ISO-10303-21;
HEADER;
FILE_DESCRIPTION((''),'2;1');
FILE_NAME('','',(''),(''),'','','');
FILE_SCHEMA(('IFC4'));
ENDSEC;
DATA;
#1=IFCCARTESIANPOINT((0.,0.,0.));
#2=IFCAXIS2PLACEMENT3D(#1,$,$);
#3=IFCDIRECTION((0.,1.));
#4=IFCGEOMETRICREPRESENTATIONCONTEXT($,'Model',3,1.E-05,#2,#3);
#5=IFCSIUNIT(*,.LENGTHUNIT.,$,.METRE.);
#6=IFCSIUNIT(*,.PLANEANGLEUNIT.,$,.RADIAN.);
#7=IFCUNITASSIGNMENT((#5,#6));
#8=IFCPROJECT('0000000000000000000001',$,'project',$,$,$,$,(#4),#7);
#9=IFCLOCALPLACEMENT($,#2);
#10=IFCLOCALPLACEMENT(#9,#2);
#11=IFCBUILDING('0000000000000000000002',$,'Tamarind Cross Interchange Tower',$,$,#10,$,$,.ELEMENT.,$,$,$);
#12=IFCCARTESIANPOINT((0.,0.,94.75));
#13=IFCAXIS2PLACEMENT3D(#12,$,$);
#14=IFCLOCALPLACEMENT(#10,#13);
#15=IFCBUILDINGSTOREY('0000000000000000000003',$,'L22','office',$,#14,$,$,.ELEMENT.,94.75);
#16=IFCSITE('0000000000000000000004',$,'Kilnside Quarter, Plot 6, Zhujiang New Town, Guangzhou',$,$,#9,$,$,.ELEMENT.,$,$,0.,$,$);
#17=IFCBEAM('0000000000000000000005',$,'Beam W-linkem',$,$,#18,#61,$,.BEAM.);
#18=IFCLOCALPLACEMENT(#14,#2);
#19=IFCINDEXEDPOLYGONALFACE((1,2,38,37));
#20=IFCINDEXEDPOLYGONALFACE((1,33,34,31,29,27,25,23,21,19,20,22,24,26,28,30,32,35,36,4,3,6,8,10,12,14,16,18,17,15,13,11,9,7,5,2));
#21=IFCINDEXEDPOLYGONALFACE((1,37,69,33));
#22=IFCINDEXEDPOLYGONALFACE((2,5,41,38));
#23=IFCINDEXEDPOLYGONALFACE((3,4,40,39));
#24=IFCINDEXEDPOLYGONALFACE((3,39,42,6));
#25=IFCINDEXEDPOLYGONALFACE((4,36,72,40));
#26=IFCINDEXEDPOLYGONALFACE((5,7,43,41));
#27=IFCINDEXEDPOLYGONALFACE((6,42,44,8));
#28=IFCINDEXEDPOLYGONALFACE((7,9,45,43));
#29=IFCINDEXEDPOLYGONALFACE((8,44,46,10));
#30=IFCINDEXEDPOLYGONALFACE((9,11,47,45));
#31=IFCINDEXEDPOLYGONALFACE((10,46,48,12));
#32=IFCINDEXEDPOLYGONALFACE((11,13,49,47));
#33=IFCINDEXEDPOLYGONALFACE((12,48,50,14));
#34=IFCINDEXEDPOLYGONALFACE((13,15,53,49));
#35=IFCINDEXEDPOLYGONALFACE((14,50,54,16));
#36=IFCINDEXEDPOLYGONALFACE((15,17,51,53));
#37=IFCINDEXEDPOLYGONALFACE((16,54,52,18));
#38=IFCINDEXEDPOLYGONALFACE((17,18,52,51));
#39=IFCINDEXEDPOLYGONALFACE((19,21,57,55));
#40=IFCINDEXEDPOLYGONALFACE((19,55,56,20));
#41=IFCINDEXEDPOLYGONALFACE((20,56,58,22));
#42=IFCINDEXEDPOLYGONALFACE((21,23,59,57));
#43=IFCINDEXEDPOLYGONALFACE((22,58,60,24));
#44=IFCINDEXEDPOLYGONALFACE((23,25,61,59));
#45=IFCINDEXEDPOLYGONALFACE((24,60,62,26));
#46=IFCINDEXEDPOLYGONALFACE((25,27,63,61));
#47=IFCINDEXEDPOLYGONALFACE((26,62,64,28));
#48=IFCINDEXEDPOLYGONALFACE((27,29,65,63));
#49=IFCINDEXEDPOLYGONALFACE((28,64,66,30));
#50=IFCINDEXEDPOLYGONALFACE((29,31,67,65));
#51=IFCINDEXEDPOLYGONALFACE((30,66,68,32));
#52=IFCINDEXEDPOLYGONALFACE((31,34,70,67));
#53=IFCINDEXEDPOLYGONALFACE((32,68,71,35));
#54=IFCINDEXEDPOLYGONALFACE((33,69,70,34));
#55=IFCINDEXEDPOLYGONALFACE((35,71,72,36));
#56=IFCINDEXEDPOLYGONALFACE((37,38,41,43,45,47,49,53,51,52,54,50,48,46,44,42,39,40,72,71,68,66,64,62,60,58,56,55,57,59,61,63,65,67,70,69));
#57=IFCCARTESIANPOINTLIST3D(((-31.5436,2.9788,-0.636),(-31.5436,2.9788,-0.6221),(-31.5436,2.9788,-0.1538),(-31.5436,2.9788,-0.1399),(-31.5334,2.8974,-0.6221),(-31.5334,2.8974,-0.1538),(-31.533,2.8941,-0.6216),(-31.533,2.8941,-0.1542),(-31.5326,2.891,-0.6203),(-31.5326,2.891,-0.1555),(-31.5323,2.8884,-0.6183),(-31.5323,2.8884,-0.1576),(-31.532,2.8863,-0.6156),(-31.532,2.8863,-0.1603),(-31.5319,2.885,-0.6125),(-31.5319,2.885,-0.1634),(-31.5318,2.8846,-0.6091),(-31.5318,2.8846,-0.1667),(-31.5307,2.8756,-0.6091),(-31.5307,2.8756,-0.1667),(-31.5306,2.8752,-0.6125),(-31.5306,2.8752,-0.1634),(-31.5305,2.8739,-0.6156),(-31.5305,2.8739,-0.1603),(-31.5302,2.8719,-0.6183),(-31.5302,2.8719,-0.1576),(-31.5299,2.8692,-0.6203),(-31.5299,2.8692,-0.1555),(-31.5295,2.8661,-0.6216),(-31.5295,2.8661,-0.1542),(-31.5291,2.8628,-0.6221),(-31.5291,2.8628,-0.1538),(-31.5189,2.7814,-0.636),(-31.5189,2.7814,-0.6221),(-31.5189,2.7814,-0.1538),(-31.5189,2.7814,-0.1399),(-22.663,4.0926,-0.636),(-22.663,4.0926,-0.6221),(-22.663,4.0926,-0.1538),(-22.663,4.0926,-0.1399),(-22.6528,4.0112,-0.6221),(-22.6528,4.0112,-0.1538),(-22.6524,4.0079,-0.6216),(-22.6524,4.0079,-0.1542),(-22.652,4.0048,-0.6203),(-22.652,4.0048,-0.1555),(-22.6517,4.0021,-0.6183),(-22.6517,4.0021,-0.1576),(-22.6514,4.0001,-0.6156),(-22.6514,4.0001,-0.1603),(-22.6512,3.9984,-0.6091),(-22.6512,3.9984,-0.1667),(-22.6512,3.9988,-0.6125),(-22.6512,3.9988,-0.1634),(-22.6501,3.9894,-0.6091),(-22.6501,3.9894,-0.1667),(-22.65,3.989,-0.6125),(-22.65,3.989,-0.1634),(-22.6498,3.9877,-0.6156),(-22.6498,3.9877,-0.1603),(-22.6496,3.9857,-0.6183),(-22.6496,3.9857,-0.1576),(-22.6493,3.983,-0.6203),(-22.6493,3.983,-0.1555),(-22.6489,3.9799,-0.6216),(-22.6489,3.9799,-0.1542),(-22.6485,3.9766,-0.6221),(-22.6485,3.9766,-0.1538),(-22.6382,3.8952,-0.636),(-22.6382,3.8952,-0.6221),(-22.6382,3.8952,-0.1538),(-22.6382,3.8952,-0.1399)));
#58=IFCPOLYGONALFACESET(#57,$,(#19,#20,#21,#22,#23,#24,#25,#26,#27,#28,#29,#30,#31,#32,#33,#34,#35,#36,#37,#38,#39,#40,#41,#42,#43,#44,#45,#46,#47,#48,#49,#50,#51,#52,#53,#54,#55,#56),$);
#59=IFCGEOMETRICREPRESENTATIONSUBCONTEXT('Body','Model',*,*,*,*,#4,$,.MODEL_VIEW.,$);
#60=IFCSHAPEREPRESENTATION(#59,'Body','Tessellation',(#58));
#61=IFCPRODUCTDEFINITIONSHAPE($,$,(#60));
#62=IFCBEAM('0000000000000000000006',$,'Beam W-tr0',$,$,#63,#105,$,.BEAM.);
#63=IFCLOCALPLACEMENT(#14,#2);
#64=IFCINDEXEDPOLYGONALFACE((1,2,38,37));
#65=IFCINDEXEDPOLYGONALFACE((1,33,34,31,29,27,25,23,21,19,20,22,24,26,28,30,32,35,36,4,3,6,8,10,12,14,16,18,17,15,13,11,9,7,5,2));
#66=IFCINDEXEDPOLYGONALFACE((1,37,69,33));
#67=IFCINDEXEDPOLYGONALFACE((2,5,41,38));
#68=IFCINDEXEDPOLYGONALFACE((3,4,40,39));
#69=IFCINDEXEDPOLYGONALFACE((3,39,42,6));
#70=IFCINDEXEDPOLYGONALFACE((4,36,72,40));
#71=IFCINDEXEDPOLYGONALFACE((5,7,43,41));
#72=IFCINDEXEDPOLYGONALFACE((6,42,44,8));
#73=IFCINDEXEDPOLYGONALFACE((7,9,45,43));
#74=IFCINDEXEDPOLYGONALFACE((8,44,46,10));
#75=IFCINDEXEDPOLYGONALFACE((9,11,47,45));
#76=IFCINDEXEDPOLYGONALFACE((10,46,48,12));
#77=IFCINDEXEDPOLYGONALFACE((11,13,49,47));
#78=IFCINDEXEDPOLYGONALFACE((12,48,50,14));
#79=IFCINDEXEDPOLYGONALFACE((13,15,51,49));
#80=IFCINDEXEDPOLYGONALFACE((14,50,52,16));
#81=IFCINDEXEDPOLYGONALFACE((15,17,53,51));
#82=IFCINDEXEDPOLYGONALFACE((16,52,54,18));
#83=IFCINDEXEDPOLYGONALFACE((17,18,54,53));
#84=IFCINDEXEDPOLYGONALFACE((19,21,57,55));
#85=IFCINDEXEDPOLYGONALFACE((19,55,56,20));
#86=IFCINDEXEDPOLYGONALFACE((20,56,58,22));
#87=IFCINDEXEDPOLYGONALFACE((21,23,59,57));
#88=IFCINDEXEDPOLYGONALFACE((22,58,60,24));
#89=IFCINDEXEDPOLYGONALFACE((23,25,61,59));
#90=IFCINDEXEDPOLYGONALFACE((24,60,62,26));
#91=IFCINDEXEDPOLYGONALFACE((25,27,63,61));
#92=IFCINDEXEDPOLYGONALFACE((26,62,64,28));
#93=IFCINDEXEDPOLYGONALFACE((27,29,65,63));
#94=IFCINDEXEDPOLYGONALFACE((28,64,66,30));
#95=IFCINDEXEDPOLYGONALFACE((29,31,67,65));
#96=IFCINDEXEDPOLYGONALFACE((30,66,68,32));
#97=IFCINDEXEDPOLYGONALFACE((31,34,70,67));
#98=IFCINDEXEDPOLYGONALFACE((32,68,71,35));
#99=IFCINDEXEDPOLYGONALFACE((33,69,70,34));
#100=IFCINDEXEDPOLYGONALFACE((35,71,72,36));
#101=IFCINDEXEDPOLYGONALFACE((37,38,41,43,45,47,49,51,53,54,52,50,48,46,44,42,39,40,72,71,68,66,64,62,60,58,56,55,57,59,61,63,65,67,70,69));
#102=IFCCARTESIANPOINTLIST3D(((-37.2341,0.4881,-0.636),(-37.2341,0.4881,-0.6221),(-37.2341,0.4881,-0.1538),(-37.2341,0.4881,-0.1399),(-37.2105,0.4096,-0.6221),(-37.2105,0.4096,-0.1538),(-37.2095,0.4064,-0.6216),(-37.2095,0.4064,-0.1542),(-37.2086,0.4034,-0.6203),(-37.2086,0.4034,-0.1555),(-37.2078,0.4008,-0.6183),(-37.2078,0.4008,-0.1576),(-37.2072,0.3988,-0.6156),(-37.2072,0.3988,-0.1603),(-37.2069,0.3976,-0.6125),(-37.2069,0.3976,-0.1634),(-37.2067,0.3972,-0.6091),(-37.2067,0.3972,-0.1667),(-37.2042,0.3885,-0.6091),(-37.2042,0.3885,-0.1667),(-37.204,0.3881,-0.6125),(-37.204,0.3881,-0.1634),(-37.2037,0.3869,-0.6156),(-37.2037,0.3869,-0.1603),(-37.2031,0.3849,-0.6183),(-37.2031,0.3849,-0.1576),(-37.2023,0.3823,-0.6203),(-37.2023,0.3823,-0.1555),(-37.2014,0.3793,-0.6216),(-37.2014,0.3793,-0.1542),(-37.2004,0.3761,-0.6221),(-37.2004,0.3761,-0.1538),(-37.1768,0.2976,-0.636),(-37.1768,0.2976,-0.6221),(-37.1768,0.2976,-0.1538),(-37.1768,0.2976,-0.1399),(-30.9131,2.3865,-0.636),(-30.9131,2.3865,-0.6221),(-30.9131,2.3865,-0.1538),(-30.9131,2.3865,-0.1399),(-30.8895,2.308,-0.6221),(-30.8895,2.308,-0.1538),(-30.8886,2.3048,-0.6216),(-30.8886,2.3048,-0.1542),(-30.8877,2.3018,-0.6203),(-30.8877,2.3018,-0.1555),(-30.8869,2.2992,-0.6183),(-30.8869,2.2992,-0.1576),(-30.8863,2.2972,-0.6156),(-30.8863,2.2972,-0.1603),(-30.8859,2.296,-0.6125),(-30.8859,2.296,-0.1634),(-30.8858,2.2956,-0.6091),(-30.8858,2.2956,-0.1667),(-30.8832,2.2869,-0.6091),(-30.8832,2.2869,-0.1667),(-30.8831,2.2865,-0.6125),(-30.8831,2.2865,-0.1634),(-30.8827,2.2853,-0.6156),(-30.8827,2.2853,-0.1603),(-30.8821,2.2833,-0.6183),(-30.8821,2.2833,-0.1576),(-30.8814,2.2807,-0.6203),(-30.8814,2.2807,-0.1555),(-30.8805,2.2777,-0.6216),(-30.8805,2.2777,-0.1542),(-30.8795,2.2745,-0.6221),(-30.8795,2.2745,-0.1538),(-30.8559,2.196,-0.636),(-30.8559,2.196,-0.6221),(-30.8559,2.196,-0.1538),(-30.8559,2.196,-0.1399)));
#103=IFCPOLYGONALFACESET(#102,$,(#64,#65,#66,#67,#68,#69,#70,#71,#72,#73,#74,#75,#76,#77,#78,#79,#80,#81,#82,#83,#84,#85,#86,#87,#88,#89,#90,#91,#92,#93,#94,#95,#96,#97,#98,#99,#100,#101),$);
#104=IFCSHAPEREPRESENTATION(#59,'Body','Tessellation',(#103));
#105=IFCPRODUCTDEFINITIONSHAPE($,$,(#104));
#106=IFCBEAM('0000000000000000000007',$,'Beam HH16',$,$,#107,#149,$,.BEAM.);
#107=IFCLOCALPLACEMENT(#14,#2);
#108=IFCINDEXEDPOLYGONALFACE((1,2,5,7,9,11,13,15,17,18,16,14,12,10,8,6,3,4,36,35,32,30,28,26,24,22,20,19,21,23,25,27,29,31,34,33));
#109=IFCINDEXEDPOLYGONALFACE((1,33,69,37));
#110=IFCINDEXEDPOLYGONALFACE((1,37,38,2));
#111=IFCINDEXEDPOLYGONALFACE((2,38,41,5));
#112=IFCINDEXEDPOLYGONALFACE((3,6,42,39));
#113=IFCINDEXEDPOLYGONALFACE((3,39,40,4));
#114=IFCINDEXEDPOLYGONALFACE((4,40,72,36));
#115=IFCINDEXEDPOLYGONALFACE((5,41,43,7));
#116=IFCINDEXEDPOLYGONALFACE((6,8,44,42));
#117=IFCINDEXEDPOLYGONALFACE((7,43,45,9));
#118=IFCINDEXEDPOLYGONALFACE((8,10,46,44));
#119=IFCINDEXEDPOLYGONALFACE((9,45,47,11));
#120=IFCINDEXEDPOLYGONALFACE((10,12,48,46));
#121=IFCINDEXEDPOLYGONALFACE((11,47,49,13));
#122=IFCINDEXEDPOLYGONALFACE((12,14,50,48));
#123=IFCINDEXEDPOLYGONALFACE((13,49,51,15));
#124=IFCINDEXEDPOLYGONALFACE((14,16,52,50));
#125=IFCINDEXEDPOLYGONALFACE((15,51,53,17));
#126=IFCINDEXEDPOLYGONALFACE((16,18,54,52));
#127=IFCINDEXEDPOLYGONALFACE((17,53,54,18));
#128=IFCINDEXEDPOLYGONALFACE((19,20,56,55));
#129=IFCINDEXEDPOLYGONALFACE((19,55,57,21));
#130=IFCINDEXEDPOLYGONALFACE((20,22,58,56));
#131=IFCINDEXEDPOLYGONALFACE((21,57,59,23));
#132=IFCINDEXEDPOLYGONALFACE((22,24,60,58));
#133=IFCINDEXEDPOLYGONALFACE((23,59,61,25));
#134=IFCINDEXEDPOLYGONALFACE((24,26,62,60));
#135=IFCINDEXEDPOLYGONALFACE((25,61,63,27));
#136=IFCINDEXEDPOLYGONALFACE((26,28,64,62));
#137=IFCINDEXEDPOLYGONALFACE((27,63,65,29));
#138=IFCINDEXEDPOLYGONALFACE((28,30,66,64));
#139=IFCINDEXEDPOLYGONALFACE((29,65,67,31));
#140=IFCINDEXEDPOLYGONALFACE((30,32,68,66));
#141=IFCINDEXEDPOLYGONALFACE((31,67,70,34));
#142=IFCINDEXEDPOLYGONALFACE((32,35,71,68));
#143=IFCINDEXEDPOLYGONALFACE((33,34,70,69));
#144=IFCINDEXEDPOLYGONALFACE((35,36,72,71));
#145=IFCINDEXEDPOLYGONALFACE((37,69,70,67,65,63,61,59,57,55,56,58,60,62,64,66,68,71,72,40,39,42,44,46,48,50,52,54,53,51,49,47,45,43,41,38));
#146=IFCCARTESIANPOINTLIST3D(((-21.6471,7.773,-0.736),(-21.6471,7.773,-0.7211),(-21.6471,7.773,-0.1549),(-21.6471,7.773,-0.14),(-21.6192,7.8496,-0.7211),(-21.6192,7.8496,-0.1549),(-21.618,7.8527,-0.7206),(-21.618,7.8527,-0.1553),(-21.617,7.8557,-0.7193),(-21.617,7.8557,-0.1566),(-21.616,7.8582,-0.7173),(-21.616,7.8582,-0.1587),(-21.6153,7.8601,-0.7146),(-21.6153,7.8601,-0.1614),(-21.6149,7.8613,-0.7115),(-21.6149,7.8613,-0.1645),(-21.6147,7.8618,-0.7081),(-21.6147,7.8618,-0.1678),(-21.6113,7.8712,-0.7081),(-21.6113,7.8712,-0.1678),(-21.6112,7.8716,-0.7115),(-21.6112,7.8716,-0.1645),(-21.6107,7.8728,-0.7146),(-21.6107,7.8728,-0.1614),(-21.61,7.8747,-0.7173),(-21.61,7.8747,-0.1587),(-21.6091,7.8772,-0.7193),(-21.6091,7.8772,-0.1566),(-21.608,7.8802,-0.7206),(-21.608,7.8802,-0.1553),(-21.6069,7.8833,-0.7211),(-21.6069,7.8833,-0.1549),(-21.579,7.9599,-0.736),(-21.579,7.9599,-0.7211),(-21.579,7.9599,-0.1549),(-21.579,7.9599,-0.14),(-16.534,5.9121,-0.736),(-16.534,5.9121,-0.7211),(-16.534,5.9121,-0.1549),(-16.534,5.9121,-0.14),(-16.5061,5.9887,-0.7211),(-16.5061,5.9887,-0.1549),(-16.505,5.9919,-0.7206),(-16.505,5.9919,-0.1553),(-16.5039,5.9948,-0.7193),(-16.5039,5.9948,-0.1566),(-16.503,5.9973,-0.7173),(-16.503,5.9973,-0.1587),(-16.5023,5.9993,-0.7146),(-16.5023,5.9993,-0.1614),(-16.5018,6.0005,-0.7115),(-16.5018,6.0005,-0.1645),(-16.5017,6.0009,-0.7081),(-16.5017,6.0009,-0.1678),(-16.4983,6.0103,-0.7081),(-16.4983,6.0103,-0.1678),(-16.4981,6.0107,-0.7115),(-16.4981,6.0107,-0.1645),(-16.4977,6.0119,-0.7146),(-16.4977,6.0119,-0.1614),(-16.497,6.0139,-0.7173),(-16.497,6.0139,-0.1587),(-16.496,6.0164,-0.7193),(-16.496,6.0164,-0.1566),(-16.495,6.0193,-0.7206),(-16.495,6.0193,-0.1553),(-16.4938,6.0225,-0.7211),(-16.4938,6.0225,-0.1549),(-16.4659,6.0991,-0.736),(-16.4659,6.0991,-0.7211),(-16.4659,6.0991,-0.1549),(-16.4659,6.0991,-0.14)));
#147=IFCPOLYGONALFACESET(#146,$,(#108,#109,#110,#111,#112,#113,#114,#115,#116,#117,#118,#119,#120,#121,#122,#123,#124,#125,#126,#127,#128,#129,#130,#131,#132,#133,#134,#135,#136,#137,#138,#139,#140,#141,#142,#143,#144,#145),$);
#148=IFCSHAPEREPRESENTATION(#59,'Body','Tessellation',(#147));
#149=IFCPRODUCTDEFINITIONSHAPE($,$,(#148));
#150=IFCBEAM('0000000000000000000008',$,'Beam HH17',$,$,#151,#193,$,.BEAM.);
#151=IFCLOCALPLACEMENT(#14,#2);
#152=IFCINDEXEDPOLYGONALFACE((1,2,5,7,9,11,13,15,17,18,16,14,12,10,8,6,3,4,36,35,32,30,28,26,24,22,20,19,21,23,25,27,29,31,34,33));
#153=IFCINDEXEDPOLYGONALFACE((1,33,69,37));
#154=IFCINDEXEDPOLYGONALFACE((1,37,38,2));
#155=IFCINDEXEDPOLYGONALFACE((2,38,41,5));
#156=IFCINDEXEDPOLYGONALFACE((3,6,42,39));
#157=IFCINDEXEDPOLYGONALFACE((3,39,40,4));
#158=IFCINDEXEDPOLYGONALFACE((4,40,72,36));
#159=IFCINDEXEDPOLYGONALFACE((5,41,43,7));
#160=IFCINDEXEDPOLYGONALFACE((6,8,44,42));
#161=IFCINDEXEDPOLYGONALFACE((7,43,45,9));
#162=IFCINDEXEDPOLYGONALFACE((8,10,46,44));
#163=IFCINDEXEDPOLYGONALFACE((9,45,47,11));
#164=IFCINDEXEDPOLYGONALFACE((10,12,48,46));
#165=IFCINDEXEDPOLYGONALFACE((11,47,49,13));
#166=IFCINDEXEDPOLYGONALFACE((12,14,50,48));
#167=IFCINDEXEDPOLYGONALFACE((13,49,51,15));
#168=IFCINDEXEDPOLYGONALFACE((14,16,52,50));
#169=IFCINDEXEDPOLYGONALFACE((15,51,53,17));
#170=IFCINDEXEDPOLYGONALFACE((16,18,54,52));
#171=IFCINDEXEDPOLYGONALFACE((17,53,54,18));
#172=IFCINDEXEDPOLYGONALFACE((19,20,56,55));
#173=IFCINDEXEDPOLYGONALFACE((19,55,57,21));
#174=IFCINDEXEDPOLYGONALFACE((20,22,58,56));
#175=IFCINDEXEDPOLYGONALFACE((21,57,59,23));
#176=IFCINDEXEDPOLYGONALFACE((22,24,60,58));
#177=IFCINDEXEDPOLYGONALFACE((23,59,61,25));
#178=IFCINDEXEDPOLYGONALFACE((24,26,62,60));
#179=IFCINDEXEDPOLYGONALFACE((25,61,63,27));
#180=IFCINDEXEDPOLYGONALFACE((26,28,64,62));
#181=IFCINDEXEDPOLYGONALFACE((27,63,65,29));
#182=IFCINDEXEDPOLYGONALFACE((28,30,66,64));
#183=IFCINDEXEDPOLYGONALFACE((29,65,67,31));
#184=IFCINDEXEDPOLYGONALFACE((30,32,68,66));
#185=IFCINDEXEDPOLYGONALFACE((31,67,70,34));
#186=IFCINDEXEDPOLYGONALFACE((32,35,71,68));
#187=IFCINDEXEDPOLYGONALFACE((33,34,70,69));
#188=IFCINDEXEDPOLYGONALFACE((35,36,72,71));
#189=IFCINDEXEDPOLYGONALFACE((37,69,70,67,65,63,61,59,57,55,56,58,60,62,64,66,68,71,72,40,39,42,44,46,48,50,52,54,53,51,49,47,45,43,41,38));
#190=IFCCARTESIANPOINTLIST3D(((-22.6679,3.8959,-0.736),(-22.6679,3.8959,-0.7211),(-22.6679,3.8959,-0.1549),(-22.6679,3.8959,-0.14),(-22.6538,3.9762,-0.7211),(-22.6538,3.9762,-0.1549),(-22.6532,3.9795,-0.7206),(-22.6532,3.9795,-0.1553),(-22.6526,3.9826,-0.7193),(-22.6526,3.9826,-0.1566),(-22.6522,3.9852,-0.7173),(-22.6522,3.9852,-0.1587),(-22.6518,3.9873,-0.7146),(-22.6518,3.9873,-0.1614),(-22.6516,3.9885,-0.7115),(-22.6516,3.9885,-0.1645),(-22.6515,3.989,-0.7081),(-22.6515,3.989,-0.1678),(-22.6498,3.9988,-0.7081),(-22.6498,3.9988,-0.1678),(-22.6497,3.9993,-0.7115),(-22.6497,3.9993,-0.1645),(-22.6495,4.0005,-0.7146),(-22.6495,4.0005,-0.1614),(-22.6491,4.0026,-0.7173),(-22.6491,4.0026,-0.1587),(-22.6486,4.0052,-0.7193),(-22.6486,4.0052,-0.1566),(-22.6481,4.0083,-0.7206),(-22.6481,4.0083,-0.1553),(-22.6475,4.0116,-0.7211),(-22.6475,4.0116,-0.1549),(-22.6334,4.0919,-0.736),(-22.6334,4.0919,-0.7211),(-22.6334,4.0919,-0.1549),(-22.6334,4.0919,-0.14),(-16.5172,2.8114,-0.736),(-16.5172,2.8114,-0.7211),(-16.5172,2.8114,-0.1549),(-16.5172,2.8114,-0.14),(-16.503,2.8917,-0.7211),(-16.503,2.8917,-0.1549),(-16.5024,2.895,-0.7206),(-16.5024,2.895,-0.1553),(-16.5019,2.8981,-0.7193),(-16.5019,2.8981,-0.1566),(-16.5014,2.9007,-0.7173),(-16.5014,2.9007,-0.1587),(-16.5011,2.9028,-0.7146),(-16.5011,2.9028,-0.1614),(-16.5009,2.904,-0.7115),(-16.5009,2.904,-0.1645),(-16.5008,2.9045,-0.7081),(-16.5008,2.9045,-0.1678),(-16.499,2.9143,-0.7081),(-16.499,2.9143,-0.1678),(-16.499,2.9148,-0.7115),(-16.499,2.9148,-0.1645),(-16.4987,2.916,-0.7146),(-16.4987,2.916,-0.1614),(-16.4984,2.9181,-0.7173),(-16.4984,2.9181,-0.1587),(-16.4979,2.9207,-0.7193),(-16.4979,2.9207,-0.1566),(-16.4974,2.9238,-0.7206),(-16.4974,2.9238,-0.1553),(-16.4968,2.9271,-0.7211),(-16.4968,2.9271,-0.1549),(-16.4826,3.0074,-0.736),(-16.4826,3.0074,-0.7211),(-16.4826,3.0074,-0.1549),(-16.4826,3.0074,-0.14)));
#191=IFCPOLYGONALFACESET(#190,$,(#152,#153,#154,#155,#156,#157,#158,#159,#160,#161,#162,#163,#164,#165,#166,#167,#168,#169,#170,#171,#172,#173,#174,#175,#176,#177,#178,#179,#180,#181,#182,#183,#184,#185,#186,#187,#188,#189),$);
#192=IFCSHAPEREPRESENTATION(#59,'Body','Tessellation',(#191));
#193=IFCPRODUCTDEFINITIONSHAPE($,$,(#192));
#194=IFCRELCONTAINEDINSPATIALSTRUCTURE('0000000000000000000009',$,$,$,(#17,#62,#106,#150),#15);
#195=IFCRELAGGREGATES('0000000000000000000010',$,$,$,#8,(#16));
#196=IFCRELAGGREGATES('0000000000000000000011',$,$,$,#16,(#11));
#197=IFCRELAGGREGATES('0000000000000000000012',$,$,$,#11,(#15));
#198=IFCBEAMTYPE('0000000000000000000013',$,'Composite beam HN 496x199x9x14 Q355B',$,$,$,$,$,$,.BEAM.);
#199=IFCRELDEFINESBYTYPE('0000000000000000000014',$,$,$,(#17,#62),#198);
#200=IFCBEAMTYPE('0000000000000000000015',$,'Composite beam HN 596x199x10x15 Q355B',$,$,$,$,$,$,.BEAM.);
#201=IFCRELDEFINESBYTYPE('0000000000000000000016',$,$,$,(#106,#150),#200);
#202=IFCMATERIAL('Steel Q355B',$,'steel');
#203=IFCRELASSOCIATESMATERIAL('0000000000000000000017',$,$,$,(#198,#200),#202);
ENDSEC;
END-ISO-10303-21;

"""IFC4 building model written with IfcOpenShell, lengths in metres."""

from ifc_helpers import new_model, si_unit, direction, frame, origin, origin_2d, place, context, subcontext, project, spatial, i_section, extrude, material, material_profile, profile_set, type_object, element, save


model = new_model("IFC4")

# Units and contexts
model_context = context("Model", 3, precision=1e-05, world=origin(), true_north=direction((0.0, 1.0)))
body_context = subcontext(model_context, "Body", "Model", "MODEL_VIEW")
ifc_project = project(units=[si_unit("LENGTHUNIT", "METRE"), si_unit("PLANEANGLEUNIT", "RADIAN")], contexts=[model_context])

# Site, building, storey
site_placement = place(None, origin())
site = spatial("IfcSite", under=ifc_project, at=site_placement, Name="Kilnside Quarter, Plot 6, Zhujiang New Town, Guangzhou", CompositionType="ELEMENT", RefElevation=0.0)
building_placement = place(site_placement, origin())
building = spatial("IfcBuilding", under=site, at=building_placement, Name="Tamarind Cross Interchange Tower", CompositionType="ELEMENT")
storey_placement = place(building_placement, frame((0.0, 0.0, 94.75)))
storey = spatial("IfcBuildingStorey", under=building, at=storey_placement, Name="L22", Description="office", CompositionType="ELEMENT", Elevation=94.75)

# Beams
ifc_material_1 = material(Name="Steel Q355B", Category="steel")
ifc_material_profile_1 = material_profile(ifc_material_1, i_section(OverallWidth=0.199, OverallDepth=0.4961, WebThickness=0.009, FlangeThickness=0.0139, FilletRadius=0.0129, at=origin_2d()), Name="HN 496x199x9x14")
ifc_profile_set_1 = profile_set([ifc_material_profile_1], Name="Steel Q355B")
beam_type_1 = type_object("IfcBeamType", Name="Composite beam HN 496x199x9x14 Q355B", PredefinedType="BEAM", material=ifc_profile_set_1)
beam_1_placement = place(storey_placement, frame((-31.5312, 2.8801, -0.3879), z_axis=(0.992227, 0.124441, 0.0), x_axis=(-0.124441, 0.992227, 0.0)))
element("IfcBeam", 1, at=beam_1_placement, inside=storey, type_object=beam_type_1, Name="Beam W-linkem", PredefinedType="BEAM", context=body_context, shape_type="SweptSolid", body=[
    extrude(i_section(OverallWidth=0.199, OverallDepth=0.4961, WebThickness=0.009, FlangeThickness=0.0139, FilletRadius=0.0129, at=origin_2d()), origin(), (0.0, 0.0, 1.0), 8.9502),
])
beam_2_placement = place(storey_placement, frame((-30.8845, 2.2913, -0.3879), z_axis=(-0.957738, -0.287643, 0.0), x_axis=(0.287643, -0.957738, 0.0)))
element("IfcBeam", 2, at=beam_2_placement, inside=storey, type_object=beam_type_1, Name="Beam W-tr0", PredefinedType="BEAM", context=body_context, shape_type="SweptSolid", body=[
    extrude(i_section(OverallWidth=0.199, OverallDepth=0.4961, WebThickness=0.009, FlangeThickness=0.0139, FilletRadius=0.0129, at=origin_2d()), origin(), (0.0, 0.0, 1.0), 6.5999),
])
ifc_material_profile_2 = material_profile(ifc_material_1, i_section(OverallWidth=0.199, OverallDepth=0.5959, WebThickness=0.01, FlangeThickness=0.0149, FilletRadius=0.0129, at=origin_2d()), Name="HN 596x199x10x15")
ifc_profile_set_2 = profile_set([ifc_material_profile_2], Name="Steel Q355B")
beam_type_2 = type_object("IfcBeamType", Name="Composite beam HN 596x199x10x15 Q355B", PredefinedType="BEAM", material=ifc_profile_set_2)
beam_3_placement = place(storey_placement, frame((-21.613, 7.8665, -0.438), z_axis=(0.939702, -0.341995, 0.0), x_axis=(0.341995, 0.939702, 0.0)))
element("IfcBeam", 3, at=beam_3_placement, inside=storey, type_object=beam_type_2, Name="Beam HH16", PredefinedType="BEAM", context=body_context, shape_type="SweptSolid", body=[
    extrude(i_section(OverallWidth=0.199, OverallDepth=0.5959, WebThickness=0.01, FlangeThickness=0.0149, FilletRadius=0.0129, at=origin_2d()), origin(), (0.0, 0.0, 1.0), 5.4412),
])
beam_4_placement = place(storey_placement, frame((-22.6506, 3.9939, -0.438), z_axis=(0.984809, -0.17364, 0.0), x_axis=(0.17364, 0.984809, 0.0)))
element("IfcBeam", 4, at=beam_4_placement, inside=storey, type_object=beam_type_2, Name="Beam HH17", PredefinedType="BEAM", context=body_context, shape_type="SweptSolid", body=[
    extrude(i_section(OverallWidth=0.199, OverallDepth=0.5959, WebThickness=0.01, FlangeThickness=0.0149, FilletRadius=0.0129, at=origin_2d()), origin(), (0.0, 0.0, 1.0), 6.2456),
])

save(model, "model.ifc")
